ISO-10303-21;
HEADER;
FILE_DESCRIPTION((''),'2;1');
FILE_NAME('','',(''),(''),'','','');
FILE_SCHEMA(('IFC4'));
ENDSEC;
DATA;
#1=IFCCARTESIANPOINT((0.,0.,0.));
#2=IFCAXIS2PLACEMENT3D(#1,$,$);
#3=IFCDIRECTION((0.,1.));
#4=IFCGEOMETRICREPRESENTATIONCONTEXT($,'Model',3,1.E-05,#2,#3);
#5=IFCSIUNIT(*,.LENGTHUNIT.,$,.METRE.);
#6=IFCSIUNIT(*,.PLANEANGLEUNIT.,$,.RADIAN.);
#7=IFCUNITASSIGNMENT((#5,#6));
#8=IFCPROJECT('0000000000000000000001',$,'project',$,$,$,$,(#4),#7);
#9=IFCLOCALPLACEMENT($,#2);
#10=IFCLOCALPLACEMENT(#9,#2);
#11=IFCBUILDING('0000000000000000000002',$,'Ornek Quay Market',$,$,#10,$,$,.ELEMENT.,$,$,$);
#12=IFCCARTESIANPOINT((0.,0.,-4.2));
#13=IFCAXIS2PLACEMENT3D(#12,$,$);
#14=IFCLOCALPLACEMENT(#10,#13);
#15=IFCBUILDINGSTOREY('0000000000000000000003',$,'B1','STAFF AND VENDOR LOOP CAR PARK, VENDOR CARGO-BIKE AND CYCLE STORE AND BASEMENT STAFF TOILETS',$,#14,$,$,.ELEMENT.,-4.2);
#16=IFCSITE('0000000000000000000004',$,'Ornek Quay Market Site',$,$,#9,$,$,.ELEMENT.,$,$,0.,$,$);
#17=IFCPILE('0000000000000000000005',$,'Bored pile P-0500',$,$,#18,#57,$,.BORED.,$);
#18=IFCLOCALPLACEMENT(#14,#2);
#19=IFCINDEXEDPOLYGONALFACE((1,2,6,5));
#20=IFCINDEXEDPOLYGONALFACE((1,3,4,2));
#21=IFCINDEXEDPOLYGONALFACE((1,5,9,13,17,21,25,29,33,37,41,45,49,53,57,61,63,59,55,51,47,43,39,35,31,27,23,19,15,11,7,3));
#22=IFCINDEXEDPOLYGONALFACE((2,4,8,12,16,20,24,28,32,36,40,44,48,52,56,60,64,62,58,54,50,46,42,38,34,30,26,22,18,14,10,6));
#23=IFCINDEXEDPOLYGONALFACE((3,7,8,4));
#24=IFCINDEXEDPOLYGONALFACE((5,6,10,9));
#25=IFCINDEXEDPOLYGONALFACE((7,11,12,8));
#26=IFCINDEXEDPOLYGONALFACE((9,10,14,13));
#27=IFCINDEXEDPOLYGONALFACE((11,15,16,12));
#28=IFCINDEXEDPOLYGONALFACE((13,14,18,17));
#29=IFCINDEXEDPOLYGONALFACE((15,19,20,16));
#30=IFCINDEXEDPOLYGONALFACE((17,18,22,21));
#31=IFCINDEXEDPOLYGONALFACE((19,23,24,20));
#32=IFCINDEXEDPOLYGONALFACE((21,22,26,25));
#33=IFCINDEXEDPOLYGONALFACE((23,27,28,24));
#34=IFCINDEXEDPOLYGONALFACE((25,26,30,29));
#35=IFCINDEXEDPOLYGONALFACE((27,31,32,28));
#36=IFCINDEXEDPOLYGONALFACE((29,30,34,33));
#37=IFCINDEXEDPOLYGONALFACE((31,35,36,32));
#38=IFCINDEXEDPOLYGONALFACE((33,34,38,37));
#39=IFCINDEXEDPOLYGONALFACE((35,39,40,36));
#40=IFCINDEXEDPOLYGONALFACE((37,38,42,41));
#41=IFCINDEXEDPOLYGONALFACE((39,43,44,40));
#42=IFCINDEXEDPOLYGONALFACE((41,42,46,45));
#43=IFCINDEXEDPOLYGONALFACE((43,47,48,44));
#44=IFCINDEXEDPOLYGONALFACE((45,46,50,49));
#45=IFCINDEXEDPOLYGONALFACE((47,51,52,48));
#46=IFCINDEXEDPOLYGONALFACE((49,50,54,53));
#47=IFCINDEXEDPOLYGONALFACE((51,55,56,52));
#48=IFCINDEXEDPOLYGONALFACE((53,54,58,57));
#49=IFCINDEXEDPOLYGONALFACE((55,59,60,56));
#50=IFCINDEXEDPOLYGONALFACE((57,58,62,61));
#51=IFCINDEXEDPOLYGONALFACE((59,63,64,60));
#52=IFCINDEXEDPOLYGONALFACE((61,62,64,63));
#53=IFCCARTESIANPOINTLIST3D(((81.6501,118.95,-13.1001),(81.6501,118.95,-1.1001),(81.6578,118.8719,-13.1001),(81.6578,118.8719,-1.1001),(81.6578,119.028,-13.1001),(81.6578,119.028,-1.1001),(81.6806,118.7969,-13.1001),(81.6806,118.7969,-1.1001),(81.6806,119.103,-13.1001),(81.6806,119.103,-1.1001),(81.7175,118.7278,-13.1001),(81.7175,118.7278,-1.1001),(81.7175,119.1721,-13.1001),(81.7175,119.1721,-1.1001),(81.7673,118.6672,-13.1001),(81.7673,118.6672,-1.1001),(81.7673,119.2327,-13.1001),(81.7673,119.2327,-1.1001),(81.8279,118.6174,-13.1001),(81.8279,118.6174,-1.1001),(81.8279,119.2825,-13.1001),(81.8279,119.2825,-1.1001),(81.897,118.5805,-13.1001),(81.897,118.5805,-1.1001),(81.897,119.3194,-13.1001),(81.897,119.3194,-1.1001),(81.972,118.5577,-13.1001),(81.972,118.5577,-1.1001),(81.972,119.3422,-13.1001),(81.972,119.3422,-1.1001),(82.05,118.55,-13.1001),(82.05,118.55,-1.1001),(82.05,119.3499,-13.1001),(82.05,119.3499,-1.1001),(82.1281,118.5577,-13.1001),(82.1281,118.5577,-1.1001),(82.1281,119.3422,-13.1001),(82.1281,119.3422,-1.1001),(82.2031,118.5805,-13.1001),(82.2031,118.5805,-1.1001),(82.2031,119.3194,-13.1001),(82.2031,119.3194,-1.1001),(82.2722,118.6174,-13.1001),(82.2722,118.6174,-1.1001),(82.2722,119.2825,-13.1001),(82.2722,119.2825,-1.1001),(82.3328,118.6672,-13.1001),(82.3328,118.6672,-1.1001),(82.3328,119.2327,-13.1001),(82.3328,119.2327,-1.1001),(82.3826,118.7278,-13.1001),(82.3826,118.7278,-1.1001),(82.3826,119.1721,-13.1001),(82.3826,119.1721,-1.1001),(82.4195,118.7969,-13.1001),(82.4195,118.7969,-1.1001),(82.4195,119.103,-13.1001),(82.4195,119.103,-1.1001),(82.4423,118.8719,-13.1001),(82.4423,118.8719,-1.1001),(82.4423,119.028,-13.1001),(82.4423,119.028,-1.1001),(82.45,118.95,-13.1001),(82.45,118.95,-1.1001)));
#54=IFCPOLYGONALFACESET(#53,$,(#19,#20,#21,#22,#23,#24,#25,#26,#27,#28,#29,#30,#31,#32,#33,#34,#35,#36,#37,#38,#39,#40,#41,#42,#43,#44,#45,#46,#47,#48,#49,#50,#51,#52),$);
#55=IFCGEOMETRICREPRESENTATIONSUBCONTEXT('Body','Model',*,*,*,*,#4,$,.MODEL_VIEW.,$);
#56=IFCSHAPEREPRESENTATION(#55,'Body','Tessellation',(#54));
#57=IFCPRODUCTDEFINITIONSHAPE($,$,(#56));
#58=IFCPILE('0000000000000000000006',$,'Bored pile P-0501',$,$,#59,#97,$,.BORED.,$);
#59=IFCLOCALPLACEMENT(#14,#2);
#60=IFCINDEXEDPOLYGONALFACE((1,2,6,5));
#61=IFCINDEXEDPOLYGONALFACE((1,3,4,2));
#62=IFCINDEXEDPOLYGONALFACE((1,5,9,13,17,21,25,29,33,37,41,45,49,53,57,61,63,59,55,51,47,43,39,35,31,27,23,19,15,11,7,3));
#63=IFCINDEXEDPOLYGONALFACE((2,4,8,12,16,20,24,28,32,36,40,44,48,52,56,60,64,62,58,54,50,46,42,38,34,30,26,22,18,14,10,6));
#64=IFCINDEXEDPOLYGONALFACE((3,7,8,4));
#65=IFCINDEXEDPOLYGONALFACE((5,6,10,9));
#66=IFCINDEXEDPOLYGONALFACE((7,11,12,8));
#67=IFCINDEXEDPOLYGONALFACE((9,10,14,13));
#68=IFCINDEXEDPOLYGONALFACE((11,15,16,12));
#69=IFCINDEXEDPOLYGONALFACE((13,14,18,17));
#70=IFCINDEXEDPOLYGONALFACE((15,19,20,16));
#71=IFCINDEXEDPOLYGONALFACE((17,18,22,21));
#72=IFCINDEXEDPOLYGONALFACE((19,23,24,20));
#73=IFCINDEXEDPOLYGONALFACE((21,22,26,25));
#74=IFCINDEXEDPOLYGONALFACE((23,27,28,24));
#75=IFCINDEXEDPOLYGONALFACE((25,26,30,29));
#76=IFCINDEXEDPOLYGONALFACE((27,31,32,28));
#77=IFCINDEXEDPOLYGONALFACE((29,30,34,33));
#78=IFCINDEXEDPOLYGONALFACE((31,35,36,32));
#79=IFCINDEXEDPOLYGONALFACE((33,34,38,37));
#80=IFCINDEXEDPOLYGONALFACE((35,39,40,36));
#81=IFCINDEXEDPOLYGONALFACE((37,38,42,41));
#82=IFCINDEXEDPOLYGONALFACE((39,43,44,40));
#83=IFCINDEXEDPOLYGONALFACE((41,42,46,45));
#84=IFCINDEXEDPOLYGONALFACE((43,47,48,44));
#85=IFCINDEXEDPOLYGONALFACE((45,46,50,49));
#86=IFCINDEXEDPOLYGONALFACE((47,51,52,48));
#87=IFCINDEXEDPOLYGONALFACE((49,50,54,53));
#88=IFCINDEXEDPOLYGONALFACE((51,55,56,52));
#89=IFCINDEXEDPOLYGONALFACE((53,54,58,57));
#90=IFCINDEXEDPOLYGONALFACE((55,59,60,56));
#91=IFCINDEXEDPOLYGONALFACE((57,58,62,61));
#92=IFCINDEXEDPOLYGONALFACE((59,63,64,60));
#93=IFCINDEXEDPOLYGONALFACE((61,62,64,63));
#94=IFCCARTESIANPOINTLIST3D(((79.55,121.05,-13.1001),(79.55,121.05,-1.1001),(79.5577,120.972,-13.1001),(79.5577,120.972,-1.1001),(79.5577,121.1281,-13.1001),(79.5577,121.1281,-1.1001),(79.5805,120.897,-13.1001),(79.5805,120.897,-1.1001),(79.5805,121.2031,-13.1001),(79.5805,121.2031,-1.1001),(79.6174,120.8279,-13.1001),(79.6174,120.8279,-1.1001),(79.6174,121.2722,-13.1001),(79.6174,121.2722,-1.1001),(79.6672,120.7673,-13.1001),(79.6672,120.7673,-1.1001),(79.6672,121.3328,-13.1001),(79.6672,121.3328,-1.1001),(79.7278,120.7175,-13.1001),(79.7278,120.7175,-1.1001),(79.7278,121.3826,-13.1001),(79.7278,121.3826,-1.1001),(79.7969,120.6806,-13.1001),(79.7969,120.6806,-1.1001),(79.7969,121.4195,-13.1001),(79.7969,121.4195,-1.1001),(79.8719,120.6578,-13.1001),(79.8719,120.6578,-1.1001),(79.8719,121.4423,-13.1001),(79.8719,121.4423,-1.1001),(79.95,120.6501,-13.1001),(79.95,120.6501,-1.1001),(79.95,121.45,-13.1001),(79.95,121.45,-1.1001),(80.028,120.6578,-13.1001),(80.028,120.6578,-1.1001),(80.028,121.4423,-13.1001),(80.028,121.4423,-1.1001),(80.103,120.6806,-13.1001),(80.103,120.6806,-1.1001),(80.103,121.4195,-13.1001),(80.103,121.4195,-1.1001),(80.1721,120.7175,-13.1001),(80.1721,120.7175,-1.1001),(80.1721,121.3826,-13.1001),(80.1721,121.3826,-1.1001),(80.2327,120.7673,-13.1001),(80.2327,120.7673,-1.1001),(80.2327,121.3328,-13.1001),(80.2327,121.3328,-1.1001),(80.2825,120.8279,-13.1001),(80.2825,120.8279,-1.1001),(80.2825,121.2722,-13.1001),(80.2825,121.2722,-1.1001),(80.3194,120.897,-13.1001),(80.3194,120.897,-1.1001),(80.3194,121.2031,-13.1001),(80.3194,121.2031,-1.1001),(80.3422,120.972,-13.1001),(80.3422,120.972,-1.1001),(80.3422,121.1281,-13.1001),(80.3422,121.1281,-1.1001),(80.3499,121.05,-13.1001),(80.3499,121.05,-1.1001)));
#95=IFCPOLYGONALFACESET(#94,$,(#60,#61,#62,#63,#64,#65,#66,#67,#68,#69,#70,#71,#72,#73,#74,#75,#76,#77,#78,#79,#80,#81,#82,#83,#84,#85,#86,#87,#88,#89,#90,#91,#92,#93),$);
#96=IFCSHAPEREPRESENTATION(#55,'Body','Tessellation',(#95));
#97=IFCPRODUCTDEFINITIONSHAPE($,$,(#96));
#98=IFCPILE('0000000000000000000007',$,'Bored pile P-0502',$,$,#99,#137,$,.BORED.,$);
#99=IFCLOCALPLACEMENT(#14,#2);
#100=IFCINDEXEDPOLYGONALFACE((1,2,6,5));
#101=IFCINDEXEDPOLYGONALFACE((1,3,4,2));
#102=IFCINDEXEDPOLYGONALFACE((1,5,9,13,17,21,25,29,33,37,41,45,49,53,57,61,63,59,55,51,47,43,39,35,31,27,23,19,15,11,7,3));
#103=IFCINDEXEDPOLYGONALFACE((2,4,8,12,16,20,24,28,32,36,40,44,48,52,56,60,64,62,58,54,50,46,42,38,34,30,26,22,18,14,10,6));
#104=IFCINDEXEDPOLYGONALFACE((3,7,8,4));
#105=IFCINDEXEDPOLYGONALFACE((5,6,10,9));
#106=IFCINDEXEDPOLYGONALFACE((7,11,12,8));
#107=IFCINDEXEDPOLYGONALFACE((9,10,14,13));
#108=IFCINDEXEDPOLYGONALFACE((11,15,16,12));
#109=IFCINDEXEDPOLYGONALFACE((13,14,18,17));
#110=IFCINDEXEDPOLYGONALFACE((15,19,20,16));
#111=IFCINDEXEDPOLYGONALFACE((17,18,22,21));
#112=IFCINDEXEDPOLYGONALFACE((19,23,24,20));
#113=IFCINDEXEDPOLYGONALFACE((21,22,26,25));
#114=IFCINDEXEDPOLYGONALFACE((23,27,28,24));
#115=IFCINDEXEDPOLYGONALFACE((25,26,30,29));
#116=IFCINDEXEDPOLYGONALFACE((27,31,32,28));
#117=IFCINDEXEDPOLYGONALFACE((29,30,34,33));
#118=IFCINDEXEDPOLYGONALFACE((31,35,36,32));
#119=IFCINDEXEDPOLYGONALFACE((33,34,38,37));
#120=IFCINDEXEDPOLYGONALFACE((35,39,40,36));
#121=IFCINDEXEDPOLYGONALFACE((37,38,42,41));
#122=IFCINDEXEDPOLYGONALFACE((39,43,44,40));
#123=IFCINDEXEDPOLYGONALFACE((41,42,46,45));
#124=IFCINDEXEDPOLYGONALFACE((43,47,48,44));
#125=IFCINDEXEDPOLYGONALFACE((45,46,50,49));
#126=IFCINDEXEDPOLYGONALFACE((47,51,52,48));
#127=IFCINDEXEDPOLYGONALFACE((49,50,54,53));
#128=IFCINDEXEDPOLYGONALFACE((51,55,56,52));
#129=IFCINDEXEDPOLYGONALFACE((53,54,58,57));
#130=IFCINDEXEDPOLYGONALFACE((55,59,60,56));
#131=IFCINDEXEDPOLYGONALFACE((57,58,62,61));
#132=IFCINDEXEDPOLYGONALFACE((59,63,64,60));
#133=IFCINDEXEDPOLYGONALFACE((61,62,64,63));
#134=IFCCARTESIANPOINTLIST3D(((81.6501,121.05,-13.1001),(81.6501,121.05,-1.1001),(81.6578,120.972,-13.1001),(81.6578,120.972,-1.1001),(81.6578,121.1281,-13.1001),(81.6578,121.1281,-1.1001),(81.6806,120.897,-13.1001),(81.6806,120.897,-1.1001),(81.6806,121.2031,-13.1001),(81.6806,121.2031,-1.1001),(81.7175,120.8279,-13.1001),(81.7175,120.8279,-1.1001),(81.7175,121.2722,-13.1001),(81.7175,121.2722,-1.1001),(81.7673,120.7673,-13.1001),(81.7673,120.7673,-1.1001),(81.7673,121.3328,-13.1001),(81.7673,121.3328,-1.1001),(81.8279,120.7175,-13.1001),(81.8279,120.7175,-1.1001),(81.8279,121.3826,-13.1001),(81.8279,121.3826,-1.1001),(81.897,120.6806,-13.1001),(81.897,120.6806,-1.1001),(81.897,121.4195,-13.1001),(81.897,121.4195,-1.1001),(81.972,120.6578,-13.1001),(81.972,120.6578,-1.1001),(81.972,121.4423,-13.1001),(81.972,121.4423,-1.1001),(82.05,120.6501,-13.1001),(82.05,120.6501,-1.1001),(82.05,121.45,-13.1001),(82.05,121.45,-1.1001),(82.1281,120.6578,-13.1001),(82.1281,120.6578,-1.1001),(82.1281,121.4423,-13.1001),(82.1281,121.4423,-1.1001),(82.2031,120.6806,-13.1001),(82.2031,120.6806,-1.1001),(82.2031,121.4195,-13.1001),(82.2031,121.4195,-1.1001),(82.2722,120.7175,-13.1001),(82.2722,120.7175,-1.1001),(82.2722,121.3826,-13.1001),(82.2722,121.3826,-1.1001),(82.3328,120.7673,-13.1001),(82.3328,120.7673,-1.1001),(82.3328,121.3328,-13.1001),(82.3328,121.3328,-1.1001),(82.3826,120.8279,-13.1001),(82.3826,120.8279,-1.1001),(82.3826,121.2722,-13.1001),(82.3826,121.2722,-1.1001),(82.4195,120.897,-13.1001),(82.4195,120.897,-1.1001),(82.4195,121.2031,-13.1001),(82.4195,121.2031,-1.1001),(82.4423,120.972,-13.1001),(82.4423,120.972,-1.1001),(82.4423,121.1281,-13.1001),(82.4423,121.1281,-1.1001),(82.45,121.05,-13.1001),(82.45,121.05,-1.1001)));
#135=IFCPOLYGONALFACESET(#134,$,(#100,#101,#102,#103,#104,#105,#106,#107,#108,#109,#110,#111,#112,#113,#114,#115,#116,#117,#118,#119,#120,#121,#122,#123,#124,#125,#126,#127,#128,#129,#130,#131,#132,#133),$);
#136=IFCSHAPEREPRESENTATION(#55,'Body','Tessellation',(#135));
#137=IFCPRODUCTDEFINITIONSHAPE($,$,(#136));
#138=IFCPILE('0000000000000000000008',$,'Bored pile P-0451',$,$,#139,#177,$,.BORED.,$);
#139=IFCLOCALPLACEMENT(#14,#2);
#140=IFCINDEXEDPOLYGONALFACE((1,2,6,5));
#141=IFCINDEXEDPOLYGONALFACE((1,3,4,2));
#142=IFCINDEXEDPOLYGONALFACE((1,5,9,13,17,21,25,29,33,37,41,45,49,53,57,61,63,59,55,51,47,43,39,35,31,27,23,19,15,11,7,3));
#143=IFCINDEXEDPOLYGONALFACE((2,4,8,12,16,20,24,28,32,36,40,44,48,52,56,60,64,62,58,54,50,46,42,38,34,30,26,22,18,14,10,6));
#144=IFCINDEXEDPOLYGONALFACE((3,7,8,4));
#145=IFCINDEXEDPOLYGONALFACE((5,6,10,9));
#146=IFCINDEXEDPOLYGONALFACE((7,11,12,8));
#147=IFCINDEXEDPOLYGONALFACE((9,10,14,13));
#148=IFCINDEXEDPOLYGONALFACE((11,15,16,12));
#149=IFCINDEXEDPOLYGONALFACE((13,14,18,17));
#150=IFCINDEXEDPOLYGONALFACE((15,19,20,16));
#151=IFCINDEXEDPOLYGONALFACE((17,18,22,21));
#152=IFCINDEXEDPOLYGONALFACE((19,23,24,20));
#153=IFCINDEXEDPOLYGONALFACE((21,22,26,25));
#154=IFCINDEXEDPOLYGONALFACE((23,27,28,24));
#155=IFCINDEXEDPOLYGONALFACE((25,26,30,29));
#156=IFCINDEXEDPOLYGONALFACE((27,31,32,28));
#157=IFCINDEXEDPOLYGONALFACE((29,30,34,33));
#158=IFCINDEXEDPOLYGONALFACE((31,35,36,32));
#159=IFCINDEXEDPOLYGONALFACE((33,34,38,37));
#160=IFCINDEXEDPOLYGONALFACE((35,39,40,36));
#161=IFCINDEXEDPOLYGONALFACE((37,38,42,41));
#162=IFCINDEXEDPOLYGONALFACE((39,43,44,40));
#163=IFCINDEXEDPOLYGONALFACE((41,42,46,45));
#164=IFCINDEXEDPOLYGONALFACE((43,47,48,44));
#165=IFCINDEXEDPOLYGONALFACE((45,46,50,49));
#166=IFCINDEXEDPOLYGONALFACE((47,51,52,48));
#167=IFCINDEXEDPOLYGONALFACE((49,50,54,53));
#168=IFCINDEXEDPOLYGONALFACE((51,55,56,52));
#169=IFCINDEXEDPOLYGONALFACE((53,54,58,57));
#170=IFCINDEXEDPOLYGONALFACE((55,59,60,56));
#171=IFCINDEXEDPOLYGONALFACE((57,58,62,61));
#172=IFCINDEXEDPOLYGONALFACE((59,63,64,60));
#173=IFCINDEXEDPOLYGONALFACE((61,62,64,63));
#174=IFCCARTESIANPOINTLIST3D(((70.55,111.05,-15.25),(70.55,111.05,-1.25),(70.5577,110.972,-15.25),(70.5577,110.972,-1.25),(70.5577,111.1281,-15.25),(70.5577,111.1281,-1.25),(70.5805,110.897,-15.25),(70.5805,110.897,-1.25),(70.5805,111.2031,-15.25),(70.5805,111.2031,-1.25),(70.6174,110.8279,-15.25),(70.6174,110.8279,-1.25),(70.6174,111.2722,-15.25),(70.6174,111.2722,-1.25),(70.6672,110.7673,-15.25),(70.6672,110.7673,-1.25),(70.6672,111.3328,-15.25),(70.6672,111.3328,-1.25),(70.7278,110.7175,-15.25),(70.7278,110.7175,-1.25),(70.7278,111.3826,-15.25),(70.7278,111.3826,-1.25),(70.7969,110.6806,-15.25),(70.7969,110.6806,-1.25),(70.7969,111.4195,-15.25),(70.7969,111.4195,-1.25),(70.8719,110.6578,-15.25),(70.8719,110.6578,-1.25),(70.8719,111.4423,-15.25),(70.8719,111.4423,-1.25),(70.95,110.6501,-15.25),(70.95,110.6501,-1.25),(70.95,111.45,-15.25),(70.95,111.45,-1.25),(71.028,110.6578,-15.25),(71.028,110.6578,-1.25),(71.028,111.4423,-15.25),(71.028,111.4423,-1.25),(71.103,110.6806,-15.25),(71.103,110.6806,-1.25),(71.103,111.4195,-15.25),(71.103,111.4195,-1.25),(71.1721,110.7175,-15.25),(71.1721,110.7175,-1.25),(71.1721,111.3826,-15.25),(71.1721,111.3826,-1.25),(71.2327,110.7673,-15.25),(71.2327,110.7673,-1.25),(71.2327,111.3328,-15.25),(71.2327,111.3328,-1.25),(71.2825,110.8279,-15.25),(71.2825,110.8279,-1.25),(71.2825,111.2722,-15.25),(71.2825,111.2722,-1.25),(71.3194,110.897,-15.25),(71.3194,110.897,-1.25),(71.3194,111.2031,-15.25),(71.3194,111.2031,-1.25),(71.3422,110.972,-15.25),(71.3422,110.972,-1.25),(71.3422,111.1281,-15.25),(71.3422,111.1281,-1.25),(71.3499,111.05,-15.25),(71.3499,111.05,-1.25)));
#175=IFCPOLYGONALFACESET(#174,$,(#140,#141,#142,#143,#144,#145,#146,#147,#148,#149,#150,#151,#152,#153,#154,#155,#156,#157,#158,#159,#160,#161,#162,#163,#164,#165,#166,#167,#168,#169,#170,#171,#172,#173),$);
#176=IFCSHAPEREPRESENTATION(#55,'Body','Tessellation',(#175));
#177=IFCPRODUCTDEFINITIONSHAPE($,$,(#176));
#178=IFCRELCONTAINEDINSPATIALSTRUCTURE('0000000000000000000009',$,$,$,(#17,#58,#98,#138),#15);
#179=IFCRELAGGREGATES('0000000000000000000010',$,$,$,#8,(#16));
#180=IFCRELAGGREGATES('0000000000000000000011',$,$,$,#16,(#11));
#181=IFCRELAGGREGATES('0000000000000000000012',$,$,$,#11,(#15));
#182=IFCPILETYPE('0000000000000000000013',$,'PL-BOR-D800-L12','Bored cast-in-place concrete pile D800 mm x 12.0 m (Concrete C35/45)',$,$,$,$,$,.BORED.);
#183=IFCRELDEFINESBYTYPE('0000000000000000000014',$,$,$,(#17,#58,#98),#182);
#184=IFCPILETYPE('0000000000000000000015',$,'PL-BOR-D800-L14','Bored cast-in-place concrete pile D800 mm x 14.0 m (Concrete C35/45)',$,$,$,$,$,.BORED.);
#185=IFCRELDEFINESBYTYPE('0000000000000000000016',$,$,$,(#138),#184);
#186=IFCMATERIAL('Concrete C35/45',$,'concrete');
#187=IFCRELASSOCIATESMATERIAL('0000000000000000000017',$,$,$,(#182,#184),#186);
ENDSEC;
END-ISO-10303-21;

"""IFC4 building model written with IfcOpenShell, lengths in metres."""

from ifc_helpers import new_model, si_unit, direction, frame, origin, origin_2d, place, context, subcontext, project, spatial, circle, extrude, material, material_profile, profile_set, type_object, element, save


model = new_model("IFC4")

# Units and contexts
model_context = context("Model", 3, precision=1e-05, world=origin(), true_north=direction((0.0, 1.0)))
body_context = subcontext(model_context, "Body", "Model", "MODEL_VIEW")
ifc_project = project(units=[si_unit("LENGTHUNIT", "METRE"), si_unit("PLANEANGLEUNIT", "RADIAN")], contexts=[model_context])

# Site, building, storey
site_placement = place(None, origin())
site = spatial("IfcSite", under=ifc_project, at=site_placement, Name="Ornek Quay Market Site", CompositionType="ELEMENT", RefElevation=0.0)
building_placement = place(site_placement, origin())
building = spatial("IfcBuilding", under=site, at=building_placement, Name="Ornek Quay Market", CompositionType="ELEMENT")
storey_placement = place(building_placement, frame((0.0, 0.0, -4.2)))
storey = spatial("IfcBuildingStorey", under=building, at=storey_placement, Name="B1", Description="STAFF AND VENDOR LOOP CAR PARK, VENDOR CARGO-BIKE AND CYCLE STORE AND BASEMENT STAFF TOILETS", CompositionType="ELEMENT", Elevation=-4.2)

# Piles
ifc_material_1 = material(Name="Concrete C35/45", Category="concrete")
ifc_material_profile_1 = material_profile(ifc_material_1, circle(Radius=0.3999, at=origin_2d()), Name="PILE D800", Category="concrete")
ifc_profile_set_1 = profile_set([ifc_material_profile_1], Name="Concrete C35/45")
pile_type_1 = type_object("IfcPileType", Name="PL-BOR-D800-L12", Description="Bored cast-in-place concrete pile D800 mm x 12.0 m (Concrete C35/45)", PredefinedType="BORED", material=ifc_profile_set_1)
for number, where, z_axis, x_axis, name in (
    (1, (82.05, 118.95, -1.1001), (0.0, 0.0, -1.0), (1.0, 0.0, 0.0), "Bored pile P-0500"),
    (2, (79.95, 121.05, -1.1001), (0.0, 0.0, -1.0), (1.0, 0.0, 0.0), "Bored pile P-0501"),
    (3, (82.05, 121.05, -1.1001), (0.0, 0.0, -1.0), (1.0, 0.0, 0.0), "Bored pile P-0502"),
):
    element("IfcPile", number, at=place(storey_placement, frame(where, z_axis=z_axis, x_axis=x_axis)), inside=storey, type_object=pile_type_1, Name=name, PredefinedType="BORED", context=body_context, shape_type="SweptSolid", body=[
        extrude(circle(Radius=0.3999, at=origin_2d()), origin(), (0.0, 0.0, 1.0), 12.0),
    ])
ifc_material_profile_2 = material_profile(ifc_material_1, circle(Radius=0.3999, at=origin_2d()), Name="PILE D800", Category="concrete")
ifc_profile_set_2 = profile_set([ifc_material_profile_2], Name="Concrete C35/45")
pile_type_2 = type_object("IfcPileType", Name="PL-BOR-D800-L14", Description="Bored cast-in-place concrete pile D800 mm x 14.0 m (Concrete C35/45)", PredefinedType="BORED", material=ifc_profile_set_2)
for number, where, z_axis, x_axis, name in (
    (4, (70.95, 111.05, -1.25), (0.0, 0.0, -1.0), (1.0, 0.0, 0.0), "Bored pile P-0451"),
):
    element("IfcPile", number, at=place(storey_placement, frame(where, z_axis=z_axis, x_axis=x_axis)), inside=storey, type_object=pile_type_2, Name=name, PredefinedType="BORED", context=body_context, shape_type="SweptSolid", body=[
        extrude(circle(Radius=0.3999, at=origin_2d()), origin(), (0.0, 0.0, 1.0), 14.0),
    ])

save(model, "model.ifc")
